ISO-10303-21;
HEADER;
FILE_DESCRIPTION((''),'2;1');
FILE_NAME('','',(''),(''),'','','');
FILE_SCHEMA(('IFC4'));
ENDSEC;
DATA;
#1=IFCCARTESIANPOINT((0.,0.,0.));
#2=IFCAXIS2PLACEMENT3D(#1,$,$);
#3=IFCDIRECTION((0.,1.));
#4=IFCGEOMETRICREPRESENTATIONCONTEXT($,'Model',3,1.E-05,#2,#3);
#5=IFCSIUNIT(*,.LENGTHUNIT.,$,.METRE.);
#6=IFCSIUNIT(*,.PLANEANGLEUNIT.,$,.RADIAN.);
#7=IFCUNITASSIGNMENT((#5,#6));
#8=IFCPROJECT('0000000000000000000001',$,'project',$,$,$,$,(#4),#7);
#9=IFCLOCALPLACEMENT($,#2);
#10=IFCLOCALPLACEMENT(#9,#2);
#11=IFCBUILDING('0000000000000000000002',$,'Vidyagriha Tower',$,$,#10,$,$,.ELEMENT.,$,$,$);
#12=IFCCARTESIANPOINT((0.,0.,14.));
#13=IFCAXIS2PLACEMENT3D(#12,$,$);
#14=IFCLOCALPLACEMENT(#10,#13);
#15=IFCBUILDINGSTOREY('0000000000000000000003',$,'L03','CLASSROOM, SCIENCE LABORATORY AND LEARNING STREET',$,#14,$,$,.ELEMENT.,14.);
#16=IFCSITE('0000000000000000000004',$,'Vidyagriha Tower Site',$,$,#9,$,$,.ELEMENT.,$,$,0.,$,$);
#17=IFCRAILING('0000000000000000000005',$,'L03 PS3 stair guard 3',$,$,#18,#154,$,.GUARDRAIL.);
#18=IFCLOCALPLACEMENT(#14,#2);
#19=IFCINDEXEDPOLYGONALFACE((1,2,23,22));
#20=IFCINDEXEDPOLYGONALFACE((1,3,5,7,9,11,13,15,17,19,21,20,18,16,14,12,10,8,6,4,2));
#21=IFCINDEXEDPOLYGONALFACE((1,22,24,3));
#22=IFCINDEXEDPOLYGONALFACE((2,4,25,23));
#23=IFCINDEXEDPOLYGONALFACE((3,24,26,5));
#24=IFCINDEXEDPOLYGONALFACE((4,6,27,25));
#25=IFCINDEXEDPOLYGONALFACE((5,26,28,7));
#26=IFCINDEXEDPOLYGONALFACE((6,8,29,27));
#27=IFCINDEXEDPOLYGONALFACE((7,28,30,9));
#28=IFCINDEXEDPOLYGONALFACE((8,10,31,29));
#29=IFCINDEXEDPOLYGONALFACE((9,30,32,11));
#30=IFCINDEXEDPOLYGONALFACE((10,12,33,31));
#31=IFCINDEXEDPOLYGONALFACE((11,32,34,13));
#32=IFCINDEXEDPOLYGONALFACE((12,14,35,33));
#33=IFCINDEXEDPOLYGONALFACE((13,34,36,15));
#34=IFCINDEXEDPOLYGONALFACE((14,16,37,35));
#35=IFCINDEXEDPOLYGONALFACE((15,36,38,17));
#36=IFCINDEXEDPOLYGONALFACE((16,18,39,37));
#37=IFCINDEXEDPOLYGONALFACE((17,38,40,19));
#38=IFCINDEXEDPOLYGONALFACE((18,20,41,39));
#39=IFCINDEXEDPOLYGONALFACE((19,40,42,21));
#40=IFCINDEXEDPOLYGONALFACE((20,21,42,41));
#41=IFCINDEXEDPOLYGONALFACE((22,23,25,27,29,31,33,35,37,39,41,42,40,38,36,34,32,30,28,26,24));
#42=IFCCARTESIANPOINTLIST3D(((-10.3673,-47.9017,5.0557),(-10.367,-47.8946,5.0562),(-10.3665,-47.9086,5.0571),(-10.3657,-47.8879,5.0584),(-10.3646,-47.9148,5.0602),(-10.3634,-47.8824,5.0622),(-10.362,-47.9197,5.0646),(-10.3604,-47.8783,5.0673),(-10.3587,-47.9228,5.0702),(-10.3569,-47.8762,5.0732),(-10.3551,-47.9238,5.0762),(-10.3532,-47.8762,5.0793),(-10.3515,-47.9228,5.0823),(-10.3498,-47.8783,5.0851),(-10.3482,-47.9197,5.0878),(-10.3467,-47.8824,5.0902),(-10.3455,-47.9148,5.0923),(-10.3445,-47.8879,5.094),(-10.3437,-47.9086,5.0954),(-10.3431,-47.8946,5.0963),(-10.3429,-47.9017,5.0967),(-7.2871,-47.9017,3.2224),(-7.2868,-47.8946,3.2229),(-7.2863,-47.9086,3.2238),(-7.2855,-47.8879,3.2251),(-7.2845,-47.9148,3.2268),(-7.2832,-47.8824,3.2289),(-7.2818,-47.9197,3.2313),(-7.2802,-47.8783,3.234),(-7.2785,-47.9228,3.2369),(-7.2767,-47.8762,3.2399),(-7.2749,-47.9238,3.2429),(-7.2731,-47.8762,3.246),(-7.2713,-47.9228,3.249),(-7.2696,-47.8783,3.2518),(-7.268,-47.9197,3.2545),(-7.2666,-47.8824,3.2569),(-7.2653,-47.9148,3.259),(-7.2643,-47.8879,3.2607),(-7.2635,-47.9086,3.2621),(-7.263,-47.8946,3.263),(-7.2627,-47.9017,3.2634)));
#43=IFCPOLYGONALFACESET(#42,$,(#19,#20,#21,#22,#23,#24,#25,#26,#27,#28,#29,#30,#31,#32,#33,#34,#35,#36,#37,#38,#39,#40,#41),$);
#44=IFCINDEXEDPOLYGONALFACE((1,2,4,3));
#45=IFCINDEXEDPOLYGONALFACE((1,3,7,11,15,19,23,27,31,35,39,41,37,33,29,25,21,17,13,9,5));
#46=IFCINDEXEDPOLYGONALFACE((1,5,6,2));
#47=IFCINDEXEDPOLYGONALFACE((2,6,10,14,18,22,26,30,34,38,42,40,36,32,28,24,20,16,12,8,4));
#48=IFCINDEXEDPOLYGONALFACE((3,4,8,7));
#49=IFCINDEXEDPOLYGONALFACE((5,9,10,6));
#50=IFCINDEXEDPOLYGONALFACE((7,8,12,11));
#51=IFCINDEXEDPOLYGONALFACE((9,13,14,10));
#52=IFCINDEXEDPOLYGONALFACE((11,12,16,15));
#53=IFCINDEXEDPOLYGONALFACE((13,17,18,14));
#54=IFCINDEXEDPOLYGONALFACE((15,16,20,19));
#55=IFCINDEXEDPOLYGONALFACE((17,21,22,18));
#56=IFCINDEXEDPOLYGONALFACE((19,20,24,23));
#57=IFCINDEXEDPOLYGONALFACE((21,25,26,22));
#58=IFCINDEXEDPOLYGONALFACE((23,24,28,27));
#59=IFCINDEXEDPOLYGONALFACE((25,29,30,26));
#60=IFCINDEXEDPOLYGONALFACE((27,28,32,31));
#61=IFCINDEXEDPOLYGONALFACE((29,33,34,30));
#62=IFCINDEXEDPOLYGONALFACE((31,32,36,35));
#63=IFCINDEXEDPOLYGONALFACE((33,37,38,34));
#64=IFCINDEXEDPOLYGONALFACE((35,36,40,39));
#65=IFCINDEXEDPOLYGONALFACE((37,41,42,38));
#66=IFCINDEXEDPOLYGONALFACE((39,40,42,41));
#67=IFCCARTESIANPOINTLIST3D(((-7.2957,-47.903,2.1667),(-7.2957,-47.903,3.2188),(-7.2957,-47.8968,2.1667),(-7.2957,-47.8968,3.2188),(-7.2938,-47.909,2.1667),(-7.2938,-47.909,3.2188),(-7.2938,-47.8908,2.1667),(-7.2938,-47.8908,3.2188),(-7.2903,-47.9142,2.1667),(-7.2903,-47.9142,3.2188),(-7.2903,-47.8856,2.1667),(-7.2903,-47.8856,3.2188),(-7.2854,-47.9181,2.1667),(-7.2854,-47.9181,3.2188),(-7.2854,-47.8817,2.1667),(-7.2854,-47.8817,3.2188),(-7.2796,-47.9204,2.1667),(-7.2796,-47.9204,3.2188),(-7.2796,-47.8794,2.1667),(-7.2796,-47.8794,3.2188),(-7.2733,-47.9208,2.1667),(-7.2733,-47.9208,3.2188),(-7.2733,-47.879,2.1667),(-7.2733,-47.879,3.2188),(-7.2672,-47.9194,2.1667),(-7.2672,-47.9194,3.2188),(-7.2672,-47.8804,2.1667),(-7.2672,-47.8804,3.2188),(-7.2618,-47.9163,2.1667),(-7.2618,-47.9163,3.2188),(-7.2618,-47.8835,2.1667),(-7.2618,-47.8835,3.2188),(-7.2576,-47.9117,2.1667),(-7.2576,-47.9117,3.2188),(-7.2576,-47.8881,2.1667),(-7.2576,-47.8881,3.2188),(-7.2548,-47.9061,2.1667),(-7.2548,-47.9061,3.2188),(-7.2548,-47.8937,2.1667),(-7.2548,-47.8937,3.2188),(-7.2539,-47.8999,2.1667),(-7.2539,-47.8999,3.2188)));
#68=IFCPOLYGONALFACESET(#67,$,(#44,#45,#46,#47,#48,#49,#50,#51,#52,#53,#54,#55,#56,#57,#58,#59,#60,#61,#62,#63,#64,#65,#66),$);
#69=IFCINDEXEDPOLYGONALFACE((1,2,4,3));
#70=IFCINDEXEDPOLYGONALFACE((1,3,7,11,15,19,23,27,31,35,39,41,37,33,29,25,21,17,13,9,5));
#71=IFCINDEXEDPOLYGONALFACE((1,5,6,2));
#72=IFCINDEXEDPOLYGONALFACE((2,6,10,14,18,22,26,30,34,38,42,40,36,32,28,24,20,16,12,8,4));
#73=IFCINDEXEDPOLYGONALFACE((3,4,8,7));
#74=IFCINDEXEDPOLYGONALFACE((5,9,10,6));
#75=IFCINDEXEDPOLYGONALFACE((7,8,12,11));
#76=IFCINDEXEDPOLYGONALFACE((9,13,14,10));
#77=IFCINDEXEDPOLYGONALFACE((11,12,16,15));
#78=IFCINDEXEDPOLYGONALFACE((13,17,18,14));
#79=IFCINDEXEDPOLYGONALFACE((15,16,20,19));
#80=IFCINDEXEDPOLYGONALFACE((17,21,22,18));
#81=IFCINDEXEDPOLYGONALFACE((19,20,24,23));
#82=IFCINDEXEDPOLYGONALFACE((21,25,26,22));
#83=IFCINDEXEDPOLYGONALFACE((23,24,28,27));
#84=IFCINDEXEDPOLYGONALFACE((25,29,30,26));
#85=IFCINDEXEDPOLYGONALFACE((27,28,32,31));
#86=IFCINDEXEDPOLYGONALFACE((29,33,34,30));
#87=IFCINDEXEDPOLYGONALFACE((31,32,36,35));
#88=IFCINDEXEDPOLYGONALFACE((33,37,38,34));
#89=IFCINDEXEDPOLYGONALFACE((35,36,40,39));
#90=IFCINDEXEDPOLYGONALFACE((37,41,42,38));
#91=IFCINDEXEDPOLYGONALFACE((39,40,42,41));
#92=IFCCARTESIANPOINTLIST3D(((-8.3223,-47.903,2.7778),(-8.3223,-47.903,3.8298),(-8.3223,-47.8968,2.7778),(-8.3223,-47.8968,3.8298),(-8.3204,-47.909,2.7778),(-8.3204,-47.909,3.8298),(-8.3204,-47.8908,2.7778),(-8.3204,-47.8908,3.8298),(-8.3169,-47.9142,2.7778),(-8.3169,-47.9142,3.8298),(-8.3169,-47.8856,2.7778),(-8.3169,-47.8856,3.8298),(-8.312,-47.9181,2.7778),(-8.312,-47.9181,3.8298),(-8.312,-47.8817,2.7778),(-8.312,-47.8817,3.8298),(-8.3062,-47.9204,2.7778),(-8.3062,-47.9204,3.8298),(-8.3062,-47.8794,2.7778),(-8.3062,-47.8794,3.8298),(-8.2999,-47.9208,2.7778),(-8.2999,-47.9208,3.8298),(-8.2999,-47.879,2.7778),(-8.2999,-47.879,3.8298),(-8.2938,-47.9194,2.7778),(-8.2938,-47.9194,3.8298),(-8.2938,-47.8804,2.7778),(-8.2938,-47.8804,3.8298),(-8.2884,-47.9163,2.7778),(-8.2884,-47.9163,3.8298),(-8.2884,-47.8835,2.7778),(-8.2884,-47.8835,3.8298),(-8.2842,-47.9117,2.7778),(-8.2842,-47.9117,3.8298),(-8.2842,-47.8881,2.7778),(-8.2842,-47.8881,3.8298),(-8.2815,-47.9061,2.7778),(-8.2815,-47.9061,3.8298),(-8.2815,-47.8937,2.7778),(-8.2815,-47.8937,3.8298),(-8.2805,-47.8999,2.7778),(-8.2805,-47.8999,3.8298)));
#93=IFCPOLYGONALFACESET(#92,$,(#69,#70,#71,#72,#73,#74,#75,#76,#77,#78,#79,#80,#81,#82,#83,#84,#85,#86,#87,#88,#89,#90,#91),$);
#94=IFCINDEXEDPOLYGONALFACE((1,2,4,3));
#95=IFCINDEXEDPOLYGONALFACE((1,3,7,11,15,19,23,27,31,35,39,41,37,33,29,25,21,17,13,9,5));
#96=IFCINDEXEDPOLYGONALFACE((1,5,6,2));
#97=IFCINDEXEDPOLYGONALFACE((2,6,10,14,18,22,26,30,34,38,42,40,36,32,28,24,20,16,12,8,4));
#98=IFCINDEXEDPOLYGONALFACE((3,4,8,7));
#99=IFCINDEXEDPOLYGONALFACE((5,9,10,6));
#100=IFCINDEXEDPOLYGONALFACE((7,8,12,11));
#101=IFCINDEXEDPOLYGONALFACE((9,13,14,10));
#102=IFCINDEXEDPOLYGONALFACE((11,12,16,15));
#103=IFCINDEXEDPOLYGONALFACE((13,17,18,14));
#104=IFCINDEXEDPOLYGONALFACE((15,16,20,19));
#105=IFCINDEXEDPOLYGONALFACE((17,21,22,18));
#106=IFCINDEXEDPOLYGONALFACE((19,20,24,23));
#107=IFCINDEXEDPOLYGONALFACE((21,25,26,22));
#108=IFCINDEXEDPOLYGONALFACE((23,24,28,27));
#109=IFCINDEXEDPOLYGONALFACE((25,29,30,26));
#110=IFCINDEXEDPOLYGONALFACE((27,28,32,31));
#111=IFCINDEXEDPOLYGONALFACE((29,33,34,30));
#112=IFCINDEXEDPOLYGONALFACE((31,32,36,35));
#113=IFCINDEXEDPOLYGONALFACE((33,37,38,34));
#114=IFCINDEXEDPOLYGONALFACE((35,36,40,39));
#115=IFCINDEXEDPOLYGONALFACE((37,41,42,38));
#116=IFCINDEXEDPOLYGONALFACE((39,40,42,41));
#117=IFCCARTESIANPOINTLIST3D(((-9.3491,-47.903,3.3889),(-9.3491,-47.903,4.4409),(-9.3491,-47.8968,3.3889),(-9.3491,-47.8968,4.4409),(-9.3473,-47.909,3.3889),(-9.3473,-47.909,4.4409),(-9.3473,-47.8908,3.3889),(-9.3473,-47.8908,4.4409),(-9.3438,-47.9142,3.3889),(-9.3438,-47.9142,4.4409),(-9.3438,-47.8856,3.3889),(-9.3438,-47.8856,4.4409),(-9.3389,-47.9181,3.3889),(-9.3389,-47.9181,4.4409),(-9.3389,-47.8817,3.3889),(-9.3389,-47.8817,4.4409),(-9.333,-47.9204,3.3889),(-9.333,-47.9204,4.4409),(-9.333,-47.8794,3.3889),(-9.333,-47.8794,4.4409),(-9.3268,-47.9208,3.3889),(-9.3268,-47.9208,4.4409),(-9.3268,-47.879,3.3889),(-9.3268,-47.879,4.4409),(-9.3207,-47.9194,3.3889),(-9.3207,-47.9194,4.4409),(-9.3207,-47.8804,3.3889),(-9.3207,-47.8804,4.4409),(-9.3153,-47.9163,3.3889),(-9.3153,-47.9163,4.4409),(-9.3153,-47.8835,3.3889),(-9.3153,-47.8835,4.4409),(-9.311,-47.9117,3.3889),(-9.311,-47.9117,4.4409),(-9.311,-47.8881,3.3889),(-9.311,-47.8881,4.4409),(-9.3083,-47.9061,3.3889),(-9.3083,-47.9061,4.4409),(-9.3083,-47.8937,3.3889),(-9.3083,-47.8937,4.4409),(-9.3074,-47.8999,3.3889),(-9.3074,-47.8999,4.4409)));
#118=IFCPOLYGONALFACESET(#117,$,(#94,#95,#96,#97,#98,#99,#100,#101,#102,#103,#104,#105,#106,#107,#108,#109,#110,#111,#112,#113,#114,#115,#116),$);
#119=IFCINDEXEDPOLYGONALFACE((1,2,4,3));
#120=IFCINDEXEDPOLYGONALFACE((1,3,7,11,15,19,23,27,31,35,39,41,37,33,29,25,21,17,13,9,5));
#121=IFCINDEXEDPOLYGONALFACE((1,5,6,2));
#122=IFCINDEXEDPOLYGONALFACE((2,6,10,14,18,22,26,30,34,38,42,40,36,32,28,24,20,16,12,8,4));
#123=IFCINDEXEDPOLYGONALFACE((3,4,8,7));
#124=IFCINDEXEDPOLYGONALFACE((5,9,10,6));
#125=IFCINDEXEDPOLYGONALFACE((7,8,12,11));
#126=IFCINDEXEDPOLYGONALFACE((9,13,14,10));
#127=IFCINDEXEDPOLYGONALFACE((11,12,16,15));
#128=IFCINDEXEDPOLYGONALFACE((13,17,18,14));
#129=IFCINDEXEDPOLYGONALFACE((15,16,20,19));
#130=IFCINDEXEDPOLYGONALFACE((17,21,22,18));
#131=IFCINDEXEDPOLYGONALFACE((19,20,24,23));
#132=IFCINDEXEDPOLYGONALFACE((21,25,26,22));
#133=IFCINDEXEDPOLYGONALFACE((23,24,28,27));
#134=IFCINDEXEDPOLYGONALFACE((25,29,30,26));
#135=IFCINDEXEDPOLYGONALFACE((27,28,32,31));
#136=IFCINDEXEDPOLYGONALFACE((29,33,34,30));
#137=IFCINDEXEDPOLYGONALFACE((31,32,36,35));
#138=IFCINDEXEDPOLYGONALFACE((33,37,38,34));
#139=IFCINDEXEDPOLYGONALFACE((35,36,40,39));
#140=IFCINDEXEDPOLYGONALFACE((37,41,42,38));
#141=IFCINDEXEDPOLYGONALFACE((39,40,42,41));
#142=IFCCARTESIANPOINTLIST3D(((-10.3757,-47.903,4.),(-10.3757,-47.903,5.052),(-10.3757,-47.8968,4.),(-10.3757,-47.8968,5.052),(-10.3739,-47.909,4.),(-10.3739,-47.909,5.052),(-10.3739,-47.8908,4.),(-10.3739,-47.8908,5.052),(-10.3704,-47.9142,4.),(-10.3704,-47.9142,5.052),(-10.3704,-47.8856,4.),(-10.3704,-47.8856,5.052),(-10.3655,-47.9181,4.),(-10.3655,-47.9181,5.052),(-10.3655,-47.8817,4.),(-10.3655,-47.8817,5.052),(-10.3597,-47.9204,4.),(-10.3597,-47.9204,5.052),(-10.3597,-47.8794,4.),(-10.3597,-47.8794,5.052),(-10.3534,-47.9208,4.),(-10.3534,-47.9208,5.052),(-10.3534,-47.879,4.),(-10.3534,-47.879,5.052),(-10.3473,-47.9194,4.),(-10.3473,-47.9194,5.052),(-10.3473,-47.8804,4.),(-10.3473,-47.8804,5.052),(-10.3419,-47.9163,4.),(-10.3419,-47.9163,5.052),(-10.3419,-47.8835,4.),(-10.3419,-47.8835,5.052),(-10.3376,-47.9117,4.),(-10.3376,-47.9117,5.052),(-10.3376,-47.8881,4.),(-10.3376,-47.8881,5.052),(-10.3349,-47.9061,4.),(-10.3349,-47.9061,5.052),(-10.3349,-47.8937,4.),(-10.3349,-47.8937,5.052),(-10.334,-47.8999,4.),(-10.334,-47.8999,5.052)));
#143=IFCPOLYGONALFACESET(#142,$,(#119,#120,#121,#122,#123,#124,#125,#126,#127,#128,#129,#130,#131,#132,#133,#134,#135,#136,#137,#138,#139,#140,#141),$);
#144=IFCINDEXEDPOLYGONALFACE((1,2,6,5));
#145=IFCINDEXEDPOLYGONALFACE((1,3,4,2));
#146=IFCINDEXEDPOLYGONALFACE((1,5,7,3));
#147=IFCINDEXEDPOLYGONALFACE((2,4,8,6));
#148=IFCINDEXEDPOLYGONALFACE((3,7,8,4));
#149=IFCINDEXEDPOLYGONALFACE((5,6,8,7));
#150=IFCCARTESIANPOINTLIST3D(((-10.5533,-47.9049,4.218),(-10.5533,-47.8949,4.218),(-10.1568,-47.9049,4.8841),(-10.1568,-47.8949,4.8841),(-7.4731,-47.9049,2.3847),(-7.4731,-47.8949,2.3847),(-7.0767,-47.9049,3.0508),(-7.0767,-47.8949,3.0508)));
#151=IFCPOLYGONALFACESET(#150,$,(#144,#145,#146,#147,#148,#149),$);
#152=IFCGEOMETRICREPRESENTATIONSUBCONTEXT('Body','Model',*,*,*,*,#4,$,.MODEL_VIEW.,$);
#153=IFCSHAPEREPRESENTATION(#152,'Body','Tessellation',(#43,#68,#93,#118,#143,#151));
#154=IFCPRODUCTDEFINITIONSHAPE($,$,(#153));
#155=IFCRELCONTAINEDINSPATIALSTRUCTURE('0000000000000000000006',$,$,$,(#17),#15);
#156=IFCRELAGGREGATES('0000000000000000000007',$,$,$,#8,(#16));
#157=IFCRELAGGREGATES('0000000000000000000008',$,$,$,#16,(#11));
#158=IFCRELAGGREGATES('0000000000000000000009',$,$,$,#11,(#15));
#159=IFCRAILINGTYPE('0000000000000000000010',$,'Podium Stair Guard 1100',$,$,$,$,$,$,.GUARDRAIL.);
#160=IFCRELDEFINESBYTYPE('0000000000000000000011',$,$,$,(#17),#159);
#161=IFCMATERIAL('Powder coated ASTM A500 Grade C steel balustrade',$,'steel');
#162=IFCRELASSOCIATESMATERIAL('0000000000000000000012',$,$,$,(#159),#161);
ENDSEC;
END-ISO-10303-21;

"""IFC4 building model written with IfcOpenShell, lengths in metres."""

from ifc_helpers import new_model, si_unit, direction, frame, origin, origin_2d, place, context, subcontext, project, spatial, rectangle, circle, extrude, material, type_object, element, save


model = new_model("IFC4")

# Units and contexts
model_context = context("Model", 3, precision=1e-05, world=origin(), true_north=direction((0.0, 1.0)))
body_context = subcontext(model_context, "Body", "Model", "MODEL_VIEW")
ifc_project = project(units=[si_unit("LENGTHUNIT", "METRE"), si_unit("PLANEANGLEUNIT", "RADIAN")], contexts=[model_context])

# Site, building, storey
site_placement = place(None, origin())
site = spatial("IfcSite", under=ifc_project, at=site_placement, Name="Vidyagriha Tower Site", CompositionType="ELEMENT", RefElevation=0.0)
building_placement = place(site_placement, origin())
building = spatial("IfcBuilding", under=site, at=building_placement, Name="Vidyagriha Tower", CompositionType="ELEMENT")
storey_placement = place(building_placement, frame((0.0, 0.0, 14.0)))
storey = spatial("IfcBuildingStorey", under=building, at=storey_placement, Name="L03", Description="CLASSROOM, SCIENCE LABORATORY AND LEARNING STREET", CompositionType="ELEMENT", Elevation=14.0)

# Railing
ifc_material_1 = material(Name="Powder coated ASTM A500 Grade C steel balustrade", Category="steel")
railing_type_1 = type_object("IfcRailingType", Name="Podium Stair Guard 1100", PredefinedType="GUARDRAIL", material=ifc_material_1)
railing_1_placement = place(storey_placement, frame((-7.2749, -47.8999, 2.1667)))
element("IfcRailing", 1, at=railing_1_placement, inside=storey, type_object=railing_type_1, Name="L03 PS3 stair guard 3", PredefinedType="GUARDRAIL", context=body_context, shape_type="SweptSolid", body=[
    extrude(circle(Radius=0.0239, at=origin_2d()), frame((0.0, 0.0, 1.0762), z_axis=(-0.859309, 0.0, 0.511458), x_axis=(0.0, -1.0, 0.0)), (0.0, 0.0, 1.0), 3.5845),
    extrude(circle(Radius=0.021, at=origin_2d()), origin(), (0.0, 0.0, 1.0), 1.052),
    extrude(circle(Radius=0.021, at=origin_2d()), frame((-1.0266, 0.0, 0.6111)), (0.0, 0.0, 1.0), 1.052),
    extrude(circle(Radius=0.021, at=origin_2d()), frame((-2.0535, 0.0, 1.2222)), (0.0, 0.0, 1.0), 1.052),
    extrude(circle(Radius=0.021, at=origin_2d()), frame((-3.0801, 0.0, 1.8333)), (0.0, 0.0, 1.0), 1.052),
    extrude(rectangle(XDim=0.01, YDim=0.7751, at=origin_2d()), frame((0.0, 0.0, 0.551), z_axis=(-0.859309, 0.0, 0.511458), x_axis=(0.0, -1.0, 0.0)), (0.0, 0.0, 1.0), 3.5845),
])

save(model, "model.ifc")
